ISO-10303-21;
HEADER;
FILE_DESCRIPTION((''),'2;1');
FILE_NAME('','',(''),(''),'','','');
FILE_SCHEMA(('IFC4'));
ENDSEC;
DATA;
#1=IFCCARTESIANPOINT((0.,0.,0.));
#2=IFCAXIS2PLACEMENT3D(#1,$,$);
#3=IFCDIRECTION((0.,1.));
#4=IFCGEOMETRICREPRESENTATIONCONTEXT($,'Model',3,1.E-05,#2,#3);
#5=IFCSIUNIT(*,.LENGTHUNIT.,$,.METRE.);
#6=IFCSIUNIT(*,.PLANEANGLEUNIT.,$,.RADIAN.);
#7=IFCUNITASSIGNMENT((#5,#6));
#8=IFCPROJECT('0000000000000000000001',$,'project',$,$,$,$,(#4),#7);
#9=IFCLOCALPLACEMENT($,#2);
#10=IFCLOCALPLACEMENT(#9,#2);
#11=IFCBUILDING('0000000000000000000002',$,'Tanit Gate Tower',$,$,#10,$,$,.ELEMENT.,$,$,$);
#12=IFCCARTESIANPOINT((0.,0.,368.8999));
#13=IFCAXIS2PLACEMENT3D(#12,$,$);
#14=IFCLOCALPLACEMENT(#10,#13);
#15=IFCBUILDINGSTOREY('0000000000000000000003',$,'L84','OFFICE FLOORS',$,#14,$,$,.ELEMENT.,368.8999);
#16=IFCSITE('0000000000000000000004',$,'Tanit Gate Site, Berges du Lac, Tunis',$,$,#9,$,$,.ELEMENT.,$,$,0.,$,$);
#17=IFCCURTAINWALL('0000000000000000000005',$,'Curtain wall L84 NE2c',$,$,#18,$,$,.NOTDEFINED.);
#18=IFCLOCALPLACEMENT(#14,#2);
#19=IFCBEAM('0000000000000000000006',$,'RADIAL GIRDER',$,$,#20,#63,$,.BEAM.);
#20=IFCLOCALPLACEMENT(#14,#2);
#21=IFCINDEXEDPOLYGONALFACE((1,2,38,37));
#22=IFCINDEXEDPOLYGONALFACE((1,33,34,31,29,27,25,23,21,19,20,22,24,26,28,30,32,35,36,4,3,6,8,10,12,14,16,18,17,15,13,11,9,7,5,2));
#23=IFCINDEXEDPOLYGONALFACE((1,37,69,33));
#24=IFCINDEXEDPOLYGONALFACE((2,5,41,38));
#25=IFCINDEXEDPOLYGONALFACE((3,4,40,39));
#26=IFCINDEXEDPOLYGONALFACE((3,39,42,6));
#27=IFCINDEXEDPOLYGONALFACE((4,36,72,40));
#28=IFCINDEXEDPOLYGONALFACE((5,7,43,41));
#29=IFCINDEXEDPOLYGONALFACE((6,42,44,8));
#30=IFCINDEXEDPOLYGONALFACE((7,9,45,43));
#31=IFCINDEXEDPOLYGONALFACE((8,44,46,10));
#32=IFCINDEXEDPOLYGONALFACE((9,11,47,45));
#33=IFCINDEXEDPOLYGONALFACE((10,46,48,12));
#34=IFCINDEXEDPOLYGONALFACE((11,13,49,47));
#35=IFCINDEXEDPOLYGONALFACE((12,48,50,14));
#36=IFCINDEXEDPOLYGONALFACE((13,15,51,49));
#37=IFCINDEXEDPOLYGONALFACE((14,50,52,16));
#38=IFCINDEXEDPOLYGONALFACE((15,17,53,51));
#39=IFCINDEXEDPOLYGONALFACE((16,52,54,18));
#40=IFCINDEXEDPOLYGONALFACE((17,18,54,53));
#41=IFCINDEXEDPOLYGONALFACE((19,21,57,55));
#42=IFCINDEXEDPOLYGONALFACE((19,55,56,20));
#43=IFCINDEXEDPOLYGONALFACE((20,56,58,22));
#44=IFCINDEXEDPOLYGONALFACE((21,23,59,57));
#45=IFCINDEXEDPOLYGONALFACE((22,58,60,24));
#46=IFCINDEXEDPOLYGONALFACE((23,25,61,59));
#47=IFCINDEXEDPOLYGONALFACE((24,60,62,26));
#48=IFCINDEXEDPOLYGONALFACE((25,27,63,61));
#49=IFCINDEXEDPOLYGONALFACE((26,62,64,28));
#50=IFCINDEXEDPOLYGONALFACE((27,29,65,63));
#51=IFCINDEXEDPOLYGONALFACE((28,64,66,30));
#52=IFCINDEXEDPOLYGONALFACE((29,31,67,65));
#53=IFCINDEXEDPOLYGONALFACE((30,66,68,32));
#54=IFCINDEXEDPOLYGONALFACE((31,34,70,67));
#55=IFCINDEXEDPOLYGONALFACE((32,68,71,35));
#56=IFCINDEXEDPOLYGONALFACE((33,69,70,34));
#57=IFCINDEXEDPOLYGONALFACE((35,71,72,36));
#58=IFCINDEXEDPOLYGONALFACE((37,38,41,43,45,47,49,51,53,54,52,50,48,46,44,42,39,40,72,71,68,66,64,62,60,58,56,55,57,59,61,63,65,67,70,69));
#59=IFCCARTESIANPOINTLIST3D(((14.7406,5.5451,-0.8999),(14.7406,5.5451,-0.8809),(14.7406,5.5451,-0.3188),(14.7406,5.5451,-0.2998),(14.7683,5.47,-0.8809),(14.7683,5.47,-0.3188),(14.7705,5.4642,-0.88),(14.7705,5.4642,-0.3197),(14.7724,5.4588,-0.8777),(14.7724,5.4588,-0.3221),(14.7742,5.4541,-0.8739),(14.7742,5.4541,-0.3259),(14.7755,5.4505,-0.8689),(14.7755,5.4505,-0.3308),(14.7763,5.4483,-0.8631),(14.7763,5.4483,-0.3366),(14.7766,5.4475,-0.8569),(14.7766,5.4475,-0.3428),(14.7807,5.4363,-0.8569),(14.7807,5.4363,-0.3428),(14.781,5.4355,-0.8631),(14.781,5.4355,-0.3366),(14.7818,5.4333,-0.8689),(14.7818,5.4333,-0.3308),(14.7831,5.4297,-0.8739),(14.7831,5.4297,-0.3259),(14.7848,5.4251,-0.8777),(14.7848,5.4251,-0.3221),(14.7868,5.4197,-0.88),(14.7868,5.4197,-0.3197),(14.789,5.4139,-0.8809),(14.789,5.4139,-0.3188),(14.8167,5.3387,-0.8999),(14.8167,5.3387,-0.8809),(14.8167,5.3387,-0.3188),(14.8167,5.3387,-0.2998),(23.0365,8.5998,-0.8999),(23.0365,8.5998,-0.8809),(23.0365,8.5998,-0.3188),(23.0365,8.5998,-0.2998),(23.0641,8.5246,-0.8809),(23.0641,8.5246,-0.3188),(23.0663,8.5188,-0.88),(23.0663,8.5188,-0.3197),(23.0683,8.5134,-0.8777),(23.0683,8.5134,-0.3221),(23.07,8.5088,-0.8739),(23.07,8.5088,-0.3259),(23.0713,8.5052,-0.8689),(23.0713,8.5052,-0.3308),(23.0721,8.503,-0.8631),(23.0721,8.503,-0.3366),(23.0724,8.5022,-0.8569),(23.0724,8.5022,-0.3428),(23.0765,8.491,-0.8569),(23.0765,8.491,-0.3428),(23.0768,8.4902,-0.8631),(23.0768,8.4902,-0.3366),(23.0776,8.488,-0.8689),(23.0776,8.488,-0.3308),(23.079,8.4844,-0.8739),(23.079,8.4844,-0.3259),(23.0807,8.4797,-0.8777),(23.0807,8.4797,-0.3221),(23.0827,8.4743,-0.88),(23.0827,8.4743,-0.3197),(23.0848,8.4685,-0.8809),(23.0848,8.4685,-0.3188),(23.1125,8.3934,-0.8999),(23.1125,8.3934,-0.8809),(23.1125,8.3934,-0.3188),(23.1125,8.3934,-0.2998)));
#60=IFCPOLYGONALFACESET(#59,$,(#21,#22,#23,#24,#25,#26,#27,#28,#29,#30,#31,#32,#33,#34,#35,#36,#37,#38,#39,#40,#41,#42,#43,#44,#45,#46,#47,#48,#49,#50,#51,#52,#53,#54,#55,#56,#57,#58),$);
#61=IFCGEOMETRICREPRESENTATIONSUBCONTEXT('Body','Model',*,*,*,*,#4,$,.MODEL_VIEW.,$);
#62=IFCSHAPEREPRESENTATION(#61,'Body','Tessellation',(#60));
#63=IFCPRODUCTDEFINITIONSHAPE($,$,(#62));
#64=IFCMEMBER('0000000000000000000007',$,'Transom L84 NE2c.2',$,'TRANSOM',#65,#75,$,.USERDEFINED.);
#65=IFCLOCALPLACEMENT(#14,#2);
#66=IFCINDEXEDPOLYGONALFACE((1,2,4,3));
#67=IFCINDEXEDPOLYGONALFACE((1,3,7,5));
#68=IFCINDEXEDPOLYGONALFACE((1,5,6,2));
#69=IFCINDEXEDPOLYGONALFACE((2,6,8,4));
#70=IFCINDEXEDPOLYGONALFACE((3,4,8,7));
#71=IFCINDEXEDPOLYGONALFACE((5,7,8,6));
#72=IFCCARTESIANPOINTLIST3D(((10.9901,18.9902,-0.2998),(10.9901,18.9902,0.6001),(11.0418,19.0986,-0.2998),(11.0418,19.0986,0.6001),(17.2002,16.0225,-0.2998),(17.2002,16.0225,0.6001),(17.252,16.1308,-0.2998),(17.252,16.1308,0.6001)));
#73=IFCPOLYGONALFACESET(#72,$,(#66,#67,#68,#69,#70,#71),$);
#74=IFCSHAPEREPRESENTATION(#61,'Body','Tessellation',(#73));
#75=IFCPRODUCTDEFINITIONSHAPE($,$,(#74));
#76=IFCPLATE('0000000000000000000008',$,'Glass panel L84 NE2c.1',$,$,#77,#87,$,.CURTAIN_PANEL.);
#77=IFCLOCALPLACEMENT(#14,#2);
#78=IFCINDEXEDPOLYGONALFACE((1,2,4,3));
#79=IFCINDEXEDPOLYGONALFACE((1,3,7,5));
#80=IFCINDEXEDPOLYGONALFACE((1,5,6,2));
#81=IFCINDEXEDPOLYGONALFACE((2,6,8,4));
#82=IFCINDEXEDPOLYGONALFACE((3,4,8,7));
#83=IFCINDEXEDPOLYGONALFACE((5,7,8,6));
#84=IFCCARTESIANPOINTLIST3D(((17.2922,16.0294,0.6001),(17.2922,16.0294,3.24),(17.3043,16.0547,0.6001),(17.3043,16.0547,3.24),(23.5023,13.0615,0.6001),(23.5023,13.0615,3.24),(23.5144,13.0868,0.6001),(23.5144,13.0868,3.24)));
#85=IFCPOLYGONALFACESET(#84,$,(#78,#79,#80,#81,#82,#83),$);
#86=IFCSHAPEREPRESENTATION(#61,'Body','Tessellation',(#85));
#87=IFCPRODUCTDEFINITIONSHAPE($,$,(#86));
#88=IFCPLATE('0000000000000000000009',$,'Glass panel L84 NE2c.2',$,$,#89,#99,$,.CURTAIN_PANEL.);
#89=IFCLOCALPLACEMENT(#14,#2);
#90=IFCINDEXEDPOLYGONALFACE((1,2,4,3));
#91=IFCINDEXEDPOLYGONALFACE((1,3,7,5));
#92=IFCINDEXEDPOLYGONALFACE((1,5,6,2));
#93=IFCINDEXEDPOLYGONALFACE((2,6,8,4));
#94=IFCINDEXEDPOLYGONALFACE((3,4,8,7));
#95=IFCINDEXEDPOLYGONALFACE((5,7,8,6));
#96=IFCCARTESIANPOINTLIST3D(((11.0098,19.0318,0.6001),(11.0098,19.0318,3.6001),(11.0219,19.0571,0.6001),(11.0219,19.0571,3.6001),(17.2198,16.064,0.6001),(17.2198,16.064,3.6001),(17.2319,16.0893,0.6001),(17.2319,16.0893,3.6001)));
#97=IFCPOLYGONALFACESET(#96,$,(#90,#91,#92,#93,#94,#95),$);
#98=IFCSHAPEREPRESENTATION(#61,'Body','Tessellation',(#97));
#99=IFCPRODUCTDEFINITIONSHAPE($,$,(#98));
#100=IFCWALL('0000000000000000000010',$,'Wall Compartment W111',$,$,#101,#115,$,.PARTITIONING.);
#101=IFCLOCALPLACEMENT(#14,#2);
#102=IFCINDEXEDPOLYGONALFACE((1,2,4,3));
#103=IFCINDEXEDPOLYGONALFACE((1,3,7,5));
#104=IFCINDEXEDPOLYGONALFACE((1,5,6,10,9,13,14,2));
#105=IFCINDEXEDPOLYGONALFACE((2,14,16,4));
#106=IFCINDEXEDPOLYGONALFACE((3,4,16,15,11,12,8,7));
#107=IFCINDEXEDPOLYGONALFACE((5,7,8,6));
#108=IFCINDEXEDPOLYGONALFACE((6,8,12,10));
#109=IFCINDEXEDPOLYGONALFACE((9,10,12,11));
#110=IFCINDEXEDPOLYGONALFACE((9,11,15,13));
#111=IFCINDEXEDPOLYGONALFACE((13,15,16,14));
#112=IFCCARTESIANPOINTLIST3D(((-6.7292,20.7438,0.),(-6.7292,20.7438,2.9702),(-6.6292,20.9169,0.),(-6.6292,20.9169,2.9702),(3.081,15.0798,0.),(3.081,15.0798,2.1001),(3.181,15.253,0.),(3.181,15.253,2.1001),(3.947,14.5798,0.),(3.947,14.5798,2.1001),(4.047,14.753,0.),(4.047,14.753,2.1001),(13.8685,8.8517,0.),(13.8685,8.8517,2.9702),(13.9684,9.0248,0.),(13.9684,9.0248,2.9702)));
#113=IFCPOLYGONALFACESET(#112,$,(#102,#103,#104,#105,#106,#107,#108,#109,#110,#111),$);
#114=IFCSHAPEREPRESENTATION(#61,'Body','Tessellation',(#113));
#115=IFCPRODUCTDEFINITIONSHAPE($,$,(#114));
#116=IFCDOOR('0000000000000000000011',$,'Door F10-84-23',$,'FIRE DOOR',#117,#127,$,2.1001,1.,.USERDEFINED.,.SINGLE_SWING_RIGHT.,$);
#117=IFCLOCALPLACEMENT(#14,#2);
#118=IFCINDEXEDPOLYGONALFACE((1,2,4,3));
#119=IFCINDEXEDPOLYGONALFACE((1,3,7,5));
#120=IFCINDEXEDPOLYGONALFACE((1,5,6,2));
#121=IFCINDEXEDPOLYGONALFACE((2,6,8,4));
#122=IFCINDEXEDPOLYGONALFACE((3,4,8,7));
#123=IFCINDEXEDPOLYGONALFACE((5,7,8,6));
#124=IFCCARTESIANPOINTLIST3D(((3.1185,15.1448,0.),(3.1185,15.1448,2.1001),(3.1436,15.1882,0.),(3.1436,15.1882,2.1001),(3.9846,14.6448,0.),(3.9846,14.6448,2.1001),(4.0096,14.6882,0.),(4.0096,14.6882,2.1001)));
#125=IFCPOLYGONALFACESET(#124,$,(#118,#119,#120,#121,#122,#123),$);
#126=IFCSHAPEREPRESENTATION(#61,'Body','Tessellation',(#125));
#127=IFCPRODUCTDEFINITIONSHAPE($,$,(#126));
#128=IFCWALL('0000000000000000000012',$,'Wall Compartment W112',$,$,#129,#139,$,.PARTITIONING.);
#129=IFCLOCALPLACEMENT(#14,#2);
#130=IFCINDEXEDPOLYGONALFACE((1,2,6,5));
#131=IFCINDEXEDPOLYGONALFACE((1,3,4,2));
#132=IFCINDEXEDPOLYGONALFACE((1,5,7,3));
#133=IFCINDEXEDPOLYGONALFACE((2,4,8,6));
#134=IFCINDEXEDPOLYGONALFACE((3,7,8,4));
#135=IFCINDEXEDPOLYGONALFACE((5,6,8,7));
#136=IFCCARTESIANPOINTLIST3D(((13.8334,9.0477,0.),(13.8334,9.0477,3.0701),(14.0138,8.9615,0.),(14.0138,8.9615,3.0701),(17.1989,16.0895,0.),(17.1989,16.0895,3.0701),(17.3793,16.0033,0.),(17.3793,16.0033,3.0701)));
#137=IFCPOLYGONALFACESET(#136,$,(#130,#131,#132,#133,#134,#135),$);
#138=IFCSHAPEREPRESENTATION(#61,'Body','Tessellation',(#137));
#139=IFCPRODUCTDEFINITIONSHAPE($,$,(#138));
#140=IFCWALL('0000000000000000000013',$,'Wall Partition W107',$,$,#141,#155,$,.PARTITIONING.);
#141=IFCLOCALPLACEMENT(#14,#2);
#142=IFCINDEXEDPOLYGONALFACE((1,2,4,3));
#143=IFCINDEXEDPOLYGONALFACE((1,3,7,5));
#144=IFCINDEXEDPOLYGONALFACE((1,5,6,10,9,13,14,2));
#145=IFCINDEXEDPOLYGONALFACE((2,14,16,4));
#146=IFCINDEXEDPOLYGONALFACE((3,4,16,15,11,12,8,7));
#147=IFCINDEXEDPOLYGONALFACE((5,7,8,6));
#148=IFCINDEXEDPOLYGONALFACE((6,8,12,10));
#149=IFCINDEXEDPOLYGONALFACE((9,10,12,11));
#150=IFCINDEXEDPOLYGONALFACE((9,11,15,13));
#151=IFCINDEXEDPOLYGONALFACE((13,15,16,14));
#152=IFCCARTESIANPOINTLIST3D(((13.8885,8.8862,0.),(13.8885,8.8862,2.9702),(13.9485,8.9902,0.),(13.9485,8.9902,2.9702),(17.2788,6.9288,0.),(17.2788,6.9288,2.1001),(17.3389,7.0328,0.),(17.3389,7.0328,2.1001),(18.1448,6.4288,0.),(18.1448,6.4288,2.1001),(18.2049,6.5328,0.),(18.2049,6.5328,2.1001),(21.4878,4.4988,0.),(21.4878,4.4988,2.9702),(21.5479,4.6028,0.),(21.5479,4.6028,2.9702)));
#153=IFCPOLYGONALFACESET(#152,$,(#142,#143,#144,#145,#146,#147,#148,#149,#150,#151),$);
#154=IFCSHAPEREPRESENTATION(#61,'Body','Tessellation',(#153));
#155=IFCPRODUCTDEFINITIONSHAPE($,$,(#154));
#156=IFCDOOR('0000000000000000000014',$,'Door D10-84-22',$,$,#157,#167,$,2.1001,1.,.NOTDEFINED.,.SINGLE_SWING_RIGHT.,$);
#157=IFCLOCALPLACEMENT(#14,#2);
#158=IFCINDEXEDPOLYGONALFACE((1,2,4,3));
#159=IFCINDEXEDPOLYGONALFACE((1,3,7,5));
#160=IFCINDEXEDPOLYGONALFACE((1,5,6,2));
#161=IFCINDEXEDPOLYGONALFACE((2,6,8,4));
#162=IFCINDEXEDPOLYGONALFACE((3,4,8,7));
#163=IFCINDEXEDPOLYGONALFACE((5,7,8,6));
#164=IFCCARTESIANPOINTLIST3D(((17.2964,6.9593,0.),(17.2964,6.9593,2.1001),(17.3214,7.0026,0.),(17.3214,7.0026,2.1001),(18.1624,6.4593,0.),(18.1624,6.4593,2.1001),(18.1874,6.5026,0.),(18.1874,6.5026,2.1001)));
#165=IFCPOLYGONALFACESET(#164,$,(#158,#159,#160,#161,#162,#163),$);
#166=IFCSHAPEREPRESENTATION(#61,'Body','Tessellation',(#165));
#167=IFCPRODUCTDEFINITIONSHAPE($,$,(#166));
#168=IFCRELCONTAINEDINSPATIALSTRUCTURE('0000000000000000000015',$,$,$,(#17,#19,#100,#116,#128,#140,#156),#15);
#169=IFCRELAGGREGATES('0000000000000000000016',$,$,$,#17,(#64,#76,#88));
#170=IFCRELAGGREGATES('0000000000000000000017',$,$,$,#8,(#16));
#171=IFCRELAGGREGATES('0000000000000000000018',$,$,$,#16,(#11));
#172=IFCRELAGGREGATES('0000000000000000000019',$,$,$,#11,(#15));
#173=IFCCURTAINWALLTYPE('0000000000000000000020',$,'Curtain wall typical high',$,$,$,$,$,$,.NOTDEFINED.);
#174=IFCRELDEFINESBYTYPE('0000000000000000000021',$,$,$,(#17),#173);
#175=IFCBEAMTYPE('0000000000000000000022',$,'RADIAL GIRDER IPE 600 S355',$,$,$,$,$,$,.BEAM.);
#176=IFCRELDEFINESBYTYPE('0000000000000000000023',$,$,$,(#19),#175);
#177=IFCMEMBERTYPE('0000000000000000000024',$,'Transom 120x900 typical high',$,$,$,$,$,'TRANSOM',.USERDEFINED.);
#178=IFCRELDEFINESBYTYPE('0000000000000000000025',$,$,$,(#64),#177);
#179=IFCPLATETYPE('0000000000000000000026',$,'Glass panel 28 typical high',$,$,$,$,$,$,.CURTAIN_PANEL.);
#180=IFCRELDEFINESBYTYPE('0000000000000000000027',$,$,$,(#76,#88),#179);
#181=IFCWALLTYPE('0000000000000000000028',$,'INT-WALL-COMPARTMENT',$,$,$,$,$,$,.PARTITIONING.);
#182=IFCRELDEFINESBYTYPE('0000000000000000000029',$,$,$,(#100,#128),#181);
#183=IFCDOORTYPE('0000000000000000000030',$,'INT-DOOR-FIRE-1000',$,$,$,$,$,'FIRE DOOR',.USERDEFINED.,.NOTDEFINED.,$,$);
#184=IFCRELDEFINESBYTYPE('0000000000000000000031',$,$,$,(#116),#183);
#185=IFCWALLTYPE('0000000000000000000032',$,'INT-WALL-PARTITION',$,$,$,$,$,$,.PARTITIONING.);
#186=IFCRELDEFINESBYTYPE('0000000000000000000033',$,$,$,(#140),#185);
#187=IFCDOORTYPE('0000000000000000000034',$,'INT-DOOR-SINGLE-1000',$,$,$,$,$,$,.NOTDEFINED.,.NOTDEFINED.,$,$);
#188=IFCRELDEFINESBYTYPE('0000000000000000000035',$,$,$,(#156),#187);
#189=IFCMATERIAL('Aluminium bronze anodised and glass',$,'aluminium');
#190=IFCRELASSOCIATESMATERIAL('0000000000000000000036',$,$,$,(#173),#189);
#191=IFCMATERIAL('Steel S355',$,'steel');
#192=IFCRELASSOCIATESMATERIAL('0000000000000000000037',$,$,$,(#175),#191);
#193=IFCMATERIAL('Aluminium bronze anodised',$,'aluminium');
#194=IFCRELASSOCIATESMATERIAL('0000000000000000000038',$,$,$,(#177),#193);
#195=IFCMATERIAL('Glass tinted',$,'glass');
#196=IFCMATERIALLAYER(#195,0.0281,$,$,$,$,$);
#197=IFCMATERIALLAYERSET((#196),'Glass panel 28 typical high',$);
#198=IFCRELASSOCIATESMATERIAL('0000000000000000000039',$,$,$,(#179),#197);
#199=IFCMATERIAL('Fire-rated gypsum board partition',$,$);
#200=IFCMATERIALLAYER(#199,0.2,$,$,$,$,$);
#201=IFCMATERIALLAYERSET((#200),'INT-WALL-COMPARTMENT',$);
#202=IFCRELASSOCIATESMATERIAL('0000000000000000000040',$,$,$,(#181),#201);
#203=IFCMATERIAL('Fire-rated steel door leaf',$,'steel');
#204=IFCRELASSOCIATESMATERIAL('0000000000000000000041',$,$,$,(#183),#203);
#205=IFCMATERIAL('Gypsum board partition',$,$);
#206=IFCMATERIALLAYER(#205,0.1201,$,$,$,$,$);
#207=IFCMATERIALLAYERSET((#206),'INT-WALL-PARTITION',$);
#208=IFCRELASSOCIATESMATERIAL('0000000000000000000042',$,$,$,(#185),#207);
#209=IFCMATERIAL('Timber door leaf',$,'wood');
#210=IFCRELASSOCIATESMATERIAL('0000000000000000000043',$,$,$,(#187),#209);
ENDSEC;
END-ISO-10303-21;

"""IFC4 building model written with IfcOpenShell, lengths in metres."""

from ifc_helpers import new_model, si_unit, direction, frame, frame_2d, origin, origin_2d, place, context, subcontext, project, spatial, rectangle, i_section, extrude, material, layer, layer_set, material_profile, profile_set, type_object, element, fill, aggregate, save


model = new_model("IFC4")

# Units and contexts
model_context = context("Model", 3, precision=1e-05, world=origin(), true_north=direction((0.0, 1.0)))
body_context = subcontext(model_context, "Body", "Model", "MODEL_VIEW")
ifc_project = project(units=[si_unit("LENGTHUNIT", "METRE"), si_unit("PLANEANGLEUNIT", "RADIAN")], contexts=[model_context])

# Site, building, storey
site_placement = place(None, origin())
site = spatial("IfcSite", under=ifc_project, at=site_placement, Name="Tanit Gate Site, Berges du Lac, Tunis", CompositionType="ELEMENT", RefElevation=0.0)
building_placement = place(site_placement, origin())
building = spatial("IfcBuilding", under=site, at=building_placement, Name="Tanit Gate Tower", CompositionType="ELEMENT")
storey_placement = place(building_placement, frame((0.0, 0.0, 368.8999)))
storey = spatial("IfcBuildingStorey", under=building, at=storey_placement, Name="L84", Description="OFFICE FLOORS", CompositionType="ELEMENT", Elevation=368.8999)

# Curtain wall
ifc_material_1 = material(Name="Aluminium bronze anodised and glass", Category="aluminium")
curtain_wall_type = type_object("IfcCurtainWallType", Name="Curtain wall typical high", PredefinedType="NOTDEFINED", material=ifc_material_1)
curtain_wall_placement = place(storey_placement, origin())
curtain_wall = element("IfcCurtainWall", 1, at=curtain_wall_placement, inside=storey, type_object=curtain_wall_type, Name="Curtain wall L84 NE2c", PredefinedType="NOTDEFINED")

# Beam
ifc_material_2 = material(Name="Steel S355", Category="steel")
ifc_material_profile_1 = material_profile(ifc_material_2, i_section(OverallWidth=0.22, OverallDepth=0.6001, WebThickness=0.012, FlangeThickness=0.019, FilletRadius=0.0239, at=origin_2d()), Name="IPE 600")
ifc_profile_set_1 = profile_set([ifc_material_profile_1], Name="Steel S355")
beam_type_1 = type_object("IfcBeamType", Name="RADIAL GIRDER IPE 600 S355", PredefinedType="BEAM", material=ifc_profile_set_1)
beam_1_placement = place(storey_placement, frame((23.0745, 8.4966, -0.5999), z_axis=(-0.938405, -0.345536, 0.0), x_axis=(0.345536, -0.938405, 0.0)))
element("IfcBeam", 2, at=beam_1_placement, inside=storey, type_object=beam_type_1, Name="RADIAL GIRDER", PredefinedType="BEAM", context=body_context, shape_type="SweptSolid", body=[
    extrude(i_section(OverallWidth=0.22, OverallDepth=0.6001, WebThickness=0.012, FlangeThickness=0.019, FilletRadius=0.0239, at=origin_2d()), origin(), (0.0, 0.0, 1.0), 8.8403),
])

# Member
ifc_material_3 = material(Name="Aluminium bronze anodised", Category="aluminium")
ifc_material_profile_2 = material_profile(ifc_material_3, rectangle(XDim=0.1201, YDim=0.8999, at=origin_2d()), Name="120x900 bronze transom")
ifc_profile_set_2 = profile_set([ifc_material_profile_2], Name="Aluminium bronze anodised")
member_type_1 = type_object("IfcMemberType", Name="Transom 120x900 typical high", ElementType="TRANSOM", PredefinedType="USERDEFINED", material=ifc_profile_set_2)
member_1_placement = place(storey_placement, frame((17.2261, 16.0767, 0.1501), z_axis=(-0.902266, 0.431181, 0.0), x_axis=(-0.431181, -0.902266, 0.0)))
member_1 = element("IfcMember", 3, at=member_1_placement, type_object=member_type_1, Name="Transom L84 NE2c.2", ObjectType="TRANSOM", PredefinedType="USERDEFINED", context=body_context, shape_type="SweptSolid", body=[
    extrude(rectangle(XDim=0.1201, YDim=0.8999, at=origin_2d()), origin(), (0.0, 0.0, 1.0), 6.8828),
])

# Plates
ifc_material_4 = material(Name="Glass tinted", Category="glass")
ifc_layer_1 = layer(ifc_material_4, 0.0281)
ifc_layer_set_1 = layer_set([ifc_layer_1], Name="Glass panel 28 typical high")
plate_type = type_object("IfcPlateType", Name="Glass panel 28 typical high", PredefinedType="CURTAIN_PANEL", material=ifc_layer_set_1)
plate_1_placement = place(storey_placement, frame((20.4033, 14.5581, 0.6001), z_axis=(0.0, 0.0, 1.0), x_axis=(-0.902258, 0.431197, 0.0)))
plate_1 = element("IfcPlate", 4, at=plate_1_placement, type_object=plate_type, Name="Glass panel L84 NE2c.1", PredefinedType="CURTAIN_PANEL", context=body_context, shape_type="SweptSolid", body=[
    extrude(rectangle(XDim=6.8828, YDim=0.0281, at=origin_2d()), origin(), (0.0, 0.0, 1.0), 2.6399),
])
plate_2_placement = place(storey_placement, frame((14.1208, 17.5605, 0.6001), z_axis=(0.0, 0.0, 1.0), x_axis=(-0.902258, 0.431197, 0.0)))
plate_2 = element("IfcPlate", 5, at=plate_2_placement, type_object=plate_type, Name="Glass panel L84 NE2c.2", PredefinedType="CURTAIN_PANEL", context=body_context, shape_type="SweptSolid", body=[
    extrude(rectangle(XDim=6.8828, YDim=0.0281, at=origin_2d()), origin(), (0.0, 0.0, 1.0), 3.0),
])
aggregate(curtain_wall, [member_1, plate_1, plate_2])

# Wall, opening, door
ifc_material_5 = material(Name="Fire-rated gypsum board partition")
ifc_layer_2 = layer(ifc_material_5, 0.2)
ifc_layer_set_2 = layer_set([ifc_layer_2], Name="INT-WALL-COMPARTMENT")
wall_type_1 = type_object("IfcWallType", Name="INT-WALL-COMPARTMENT", PredefinedType="PARTITIONING", material=ifc_layer_set_2)
wall_1_placement = place(storey_placement, frame((13.9185, 8.9382, 0.0), z_axis=(0.0, 0.0, 1.0), x_axis=(-0.866025, 0.500001, 0.0)))
wall_1 = element("IfcWall", 6, at=wall_1_placement, inside=storey, type_object=wall_type_1, Name="Wall Compartment W111", PredefinedType="PARTITIONING", context=body_context, shape_type="SweptSolid", body=[
    extrude(rectangle(XDim=23.7842, YDim=0.2, at=frame_2d((11.8921, 0.0))), origin(), (0.0, 0.0, 1.0), 2.9702),
])
opening_1_placement = place(wall_1_placement, frame((11.4563, 0.0, 0.0)))
opening_1 = element("IfcOpeningElement", 7, at=opening_1_placement, cuts=wall_1, PredefinedType="OPENING", context=body_context, shape_type="SweptSolid", body=[
    extrude(rectangle(XDim=1.0, YDim=2.1001, at=frame_2d((0.5, 1.05))), frame((0.0, 0.1099, 0.0), z_axis=(0.0, -1.0, 0.0), x_axis=(1.0, 0.0, 0.0)), (0.0, 0.0, 1.0), 0.22),
])
ifc_material_6 = material(Name="Fire-rated steel door leaf", Category="steel")
door_type_1 = type_object("IfcDoorType", Name="INT-DOOR-FIRE-1000", ElementType="FIRE DOOR", OperationType="NOTDEFINED", PredefinedType="USERDEFINED", material=ifc_material_6)
door_1_placement = place(opening_1_placement, origin())
door_1 = element("IfcDoor", 8, at=door_1_placement, inside=storey, type_object=door_type_1, Name="Door F10-84-23", ObjectType="FIRE DOOR", OperationType="SINGLE_SWING_RIGHT", OverallHeight=2.1001, OverallWidth=1.0, PredefinedType="USERDEFINED", context=body_context, shape_type="SweptSolid", body=[
    extrude(rectangle(XDim=1.0, YDim=2.1001, at=frame_2d((0.5, 1.05))), frame((0.0, 0.0249, 0.0), z_axis=(0.0, -1.0, 0.0), x_axis=(1.0, 0.0, 0.0)), (0.0, 0.0, 1.0), 0.05),
])
fill(opening_1, door_1)

# Wall
wall_2_placement = place(storey_placement, frame((13.9236, 9.0046, 0.0), z_axis=(0.0, 0.0, 1.0), x_axis=(0.431214, 0.90225, 0.0)))
element("IfcWall", 9, at=wall_2_placement, inside=storey, type_object=wall_type_1, Name="Wall Compartment W112", PredefinedType="PARTITIONING", context=body_context, shape_type="SweptSolid", body=[
    extrude(rectangle(XDim=7.8047, YDim=0.2, at=frame_2d((3.9023, 0.0))), origin(), (0.0, 0.0, 1.0), 3.0701),
])

# Wall, opening, door
ifc_material_7 = material(Name="Gypsum board partition")
ifc_layer_3 = layer(ifc_material_7, 0.1201)
ifc_layer_set_3 = layer_set([ifc_layer_3], Name="INT-WALL-PARTITION")
wall_type_2 = type_object("IfcWallType", Name="INT-WALL-PARTITION", PredefinedType="PARTITIONING", material=ifc_layer_set_3)
wall_3_placement = place(storey_placement, frame((21.5178, 4.5508, 0.0), z_axis=(0.0, 0.0, 1.0), x_axis=(-0.866028, 0.499996, 0.0)))
wall_3 = element("IfcWall", 10, at=wall_3_placement, inside=storey, type_object=wall_type_2, Name="Wall Partition W107", PredefinedType="PARTITIONING", context=body_context, shape_type="SweptSolid", body=[
    extrude(rectangle(XDim=8.7749, YDim=0.1201, at=frame_2d((4.3875, 0.0))), origin(), (0.0, 0.0, 1.0), 2.9702),
])
opening_2_placement = place(wall_3_placement, frame((3.8601, 0.0, 0.0)))
opening_2 = element("IfcOpeningElement", 11, at=opening_2_placement, cuts=wall_3, PredefinedType="OPENING", context=body_context, shape_type="SweptSolid", body=[
    extrude(rectangle(XDim=1.0, YDim=2.1001, at=frame_2d((0.5, 1.05))), frame((0.0, 0.0701, 0.0), z_axis=(0.0, -1.0, 0.0), x_axis=(1.0, 0.0, 0.0)), (0.0, 0.0, 1.0), 0.1401),
])
ifc_material_8 = material(Name="Timber door leaf", Category="wood")
door_type_2 = type_object("IfcDoorType", Name="INT-DOOR-SINGLE-1000", OperationType="NOTDEFINED", PredefinedType="NOTDEFINED", material=ifc_material_8)
door_2_placement = place(opening_2_placement, origin())
door_2 = element("IfcDoor", 12, at=door_2_placement, inside=storey, type_object=door_type_2, Name="Door D10-84-22", OperationType="SINGLE_SWING_RIGHT", OverallHeight=2.1001, OverallWidth=1.0, PredefinedType="NOTDEFINED", context=body_context, shape_type="SweptSolid", body=[
    extrude(rectangle(XDim=1.0, YDim=2.1001, at=frame_2d((0.5, 1.05))), frame((0.0, 0.0249, 0.0), z_axis=(0.0, -1.0, 0.0), x_axis=(1.0, 0.0, 0.0)), (0.0, 0.0, 1.0), 0.05),
])
fill(opening_2, door_2)

save(model, "model.ifc")
